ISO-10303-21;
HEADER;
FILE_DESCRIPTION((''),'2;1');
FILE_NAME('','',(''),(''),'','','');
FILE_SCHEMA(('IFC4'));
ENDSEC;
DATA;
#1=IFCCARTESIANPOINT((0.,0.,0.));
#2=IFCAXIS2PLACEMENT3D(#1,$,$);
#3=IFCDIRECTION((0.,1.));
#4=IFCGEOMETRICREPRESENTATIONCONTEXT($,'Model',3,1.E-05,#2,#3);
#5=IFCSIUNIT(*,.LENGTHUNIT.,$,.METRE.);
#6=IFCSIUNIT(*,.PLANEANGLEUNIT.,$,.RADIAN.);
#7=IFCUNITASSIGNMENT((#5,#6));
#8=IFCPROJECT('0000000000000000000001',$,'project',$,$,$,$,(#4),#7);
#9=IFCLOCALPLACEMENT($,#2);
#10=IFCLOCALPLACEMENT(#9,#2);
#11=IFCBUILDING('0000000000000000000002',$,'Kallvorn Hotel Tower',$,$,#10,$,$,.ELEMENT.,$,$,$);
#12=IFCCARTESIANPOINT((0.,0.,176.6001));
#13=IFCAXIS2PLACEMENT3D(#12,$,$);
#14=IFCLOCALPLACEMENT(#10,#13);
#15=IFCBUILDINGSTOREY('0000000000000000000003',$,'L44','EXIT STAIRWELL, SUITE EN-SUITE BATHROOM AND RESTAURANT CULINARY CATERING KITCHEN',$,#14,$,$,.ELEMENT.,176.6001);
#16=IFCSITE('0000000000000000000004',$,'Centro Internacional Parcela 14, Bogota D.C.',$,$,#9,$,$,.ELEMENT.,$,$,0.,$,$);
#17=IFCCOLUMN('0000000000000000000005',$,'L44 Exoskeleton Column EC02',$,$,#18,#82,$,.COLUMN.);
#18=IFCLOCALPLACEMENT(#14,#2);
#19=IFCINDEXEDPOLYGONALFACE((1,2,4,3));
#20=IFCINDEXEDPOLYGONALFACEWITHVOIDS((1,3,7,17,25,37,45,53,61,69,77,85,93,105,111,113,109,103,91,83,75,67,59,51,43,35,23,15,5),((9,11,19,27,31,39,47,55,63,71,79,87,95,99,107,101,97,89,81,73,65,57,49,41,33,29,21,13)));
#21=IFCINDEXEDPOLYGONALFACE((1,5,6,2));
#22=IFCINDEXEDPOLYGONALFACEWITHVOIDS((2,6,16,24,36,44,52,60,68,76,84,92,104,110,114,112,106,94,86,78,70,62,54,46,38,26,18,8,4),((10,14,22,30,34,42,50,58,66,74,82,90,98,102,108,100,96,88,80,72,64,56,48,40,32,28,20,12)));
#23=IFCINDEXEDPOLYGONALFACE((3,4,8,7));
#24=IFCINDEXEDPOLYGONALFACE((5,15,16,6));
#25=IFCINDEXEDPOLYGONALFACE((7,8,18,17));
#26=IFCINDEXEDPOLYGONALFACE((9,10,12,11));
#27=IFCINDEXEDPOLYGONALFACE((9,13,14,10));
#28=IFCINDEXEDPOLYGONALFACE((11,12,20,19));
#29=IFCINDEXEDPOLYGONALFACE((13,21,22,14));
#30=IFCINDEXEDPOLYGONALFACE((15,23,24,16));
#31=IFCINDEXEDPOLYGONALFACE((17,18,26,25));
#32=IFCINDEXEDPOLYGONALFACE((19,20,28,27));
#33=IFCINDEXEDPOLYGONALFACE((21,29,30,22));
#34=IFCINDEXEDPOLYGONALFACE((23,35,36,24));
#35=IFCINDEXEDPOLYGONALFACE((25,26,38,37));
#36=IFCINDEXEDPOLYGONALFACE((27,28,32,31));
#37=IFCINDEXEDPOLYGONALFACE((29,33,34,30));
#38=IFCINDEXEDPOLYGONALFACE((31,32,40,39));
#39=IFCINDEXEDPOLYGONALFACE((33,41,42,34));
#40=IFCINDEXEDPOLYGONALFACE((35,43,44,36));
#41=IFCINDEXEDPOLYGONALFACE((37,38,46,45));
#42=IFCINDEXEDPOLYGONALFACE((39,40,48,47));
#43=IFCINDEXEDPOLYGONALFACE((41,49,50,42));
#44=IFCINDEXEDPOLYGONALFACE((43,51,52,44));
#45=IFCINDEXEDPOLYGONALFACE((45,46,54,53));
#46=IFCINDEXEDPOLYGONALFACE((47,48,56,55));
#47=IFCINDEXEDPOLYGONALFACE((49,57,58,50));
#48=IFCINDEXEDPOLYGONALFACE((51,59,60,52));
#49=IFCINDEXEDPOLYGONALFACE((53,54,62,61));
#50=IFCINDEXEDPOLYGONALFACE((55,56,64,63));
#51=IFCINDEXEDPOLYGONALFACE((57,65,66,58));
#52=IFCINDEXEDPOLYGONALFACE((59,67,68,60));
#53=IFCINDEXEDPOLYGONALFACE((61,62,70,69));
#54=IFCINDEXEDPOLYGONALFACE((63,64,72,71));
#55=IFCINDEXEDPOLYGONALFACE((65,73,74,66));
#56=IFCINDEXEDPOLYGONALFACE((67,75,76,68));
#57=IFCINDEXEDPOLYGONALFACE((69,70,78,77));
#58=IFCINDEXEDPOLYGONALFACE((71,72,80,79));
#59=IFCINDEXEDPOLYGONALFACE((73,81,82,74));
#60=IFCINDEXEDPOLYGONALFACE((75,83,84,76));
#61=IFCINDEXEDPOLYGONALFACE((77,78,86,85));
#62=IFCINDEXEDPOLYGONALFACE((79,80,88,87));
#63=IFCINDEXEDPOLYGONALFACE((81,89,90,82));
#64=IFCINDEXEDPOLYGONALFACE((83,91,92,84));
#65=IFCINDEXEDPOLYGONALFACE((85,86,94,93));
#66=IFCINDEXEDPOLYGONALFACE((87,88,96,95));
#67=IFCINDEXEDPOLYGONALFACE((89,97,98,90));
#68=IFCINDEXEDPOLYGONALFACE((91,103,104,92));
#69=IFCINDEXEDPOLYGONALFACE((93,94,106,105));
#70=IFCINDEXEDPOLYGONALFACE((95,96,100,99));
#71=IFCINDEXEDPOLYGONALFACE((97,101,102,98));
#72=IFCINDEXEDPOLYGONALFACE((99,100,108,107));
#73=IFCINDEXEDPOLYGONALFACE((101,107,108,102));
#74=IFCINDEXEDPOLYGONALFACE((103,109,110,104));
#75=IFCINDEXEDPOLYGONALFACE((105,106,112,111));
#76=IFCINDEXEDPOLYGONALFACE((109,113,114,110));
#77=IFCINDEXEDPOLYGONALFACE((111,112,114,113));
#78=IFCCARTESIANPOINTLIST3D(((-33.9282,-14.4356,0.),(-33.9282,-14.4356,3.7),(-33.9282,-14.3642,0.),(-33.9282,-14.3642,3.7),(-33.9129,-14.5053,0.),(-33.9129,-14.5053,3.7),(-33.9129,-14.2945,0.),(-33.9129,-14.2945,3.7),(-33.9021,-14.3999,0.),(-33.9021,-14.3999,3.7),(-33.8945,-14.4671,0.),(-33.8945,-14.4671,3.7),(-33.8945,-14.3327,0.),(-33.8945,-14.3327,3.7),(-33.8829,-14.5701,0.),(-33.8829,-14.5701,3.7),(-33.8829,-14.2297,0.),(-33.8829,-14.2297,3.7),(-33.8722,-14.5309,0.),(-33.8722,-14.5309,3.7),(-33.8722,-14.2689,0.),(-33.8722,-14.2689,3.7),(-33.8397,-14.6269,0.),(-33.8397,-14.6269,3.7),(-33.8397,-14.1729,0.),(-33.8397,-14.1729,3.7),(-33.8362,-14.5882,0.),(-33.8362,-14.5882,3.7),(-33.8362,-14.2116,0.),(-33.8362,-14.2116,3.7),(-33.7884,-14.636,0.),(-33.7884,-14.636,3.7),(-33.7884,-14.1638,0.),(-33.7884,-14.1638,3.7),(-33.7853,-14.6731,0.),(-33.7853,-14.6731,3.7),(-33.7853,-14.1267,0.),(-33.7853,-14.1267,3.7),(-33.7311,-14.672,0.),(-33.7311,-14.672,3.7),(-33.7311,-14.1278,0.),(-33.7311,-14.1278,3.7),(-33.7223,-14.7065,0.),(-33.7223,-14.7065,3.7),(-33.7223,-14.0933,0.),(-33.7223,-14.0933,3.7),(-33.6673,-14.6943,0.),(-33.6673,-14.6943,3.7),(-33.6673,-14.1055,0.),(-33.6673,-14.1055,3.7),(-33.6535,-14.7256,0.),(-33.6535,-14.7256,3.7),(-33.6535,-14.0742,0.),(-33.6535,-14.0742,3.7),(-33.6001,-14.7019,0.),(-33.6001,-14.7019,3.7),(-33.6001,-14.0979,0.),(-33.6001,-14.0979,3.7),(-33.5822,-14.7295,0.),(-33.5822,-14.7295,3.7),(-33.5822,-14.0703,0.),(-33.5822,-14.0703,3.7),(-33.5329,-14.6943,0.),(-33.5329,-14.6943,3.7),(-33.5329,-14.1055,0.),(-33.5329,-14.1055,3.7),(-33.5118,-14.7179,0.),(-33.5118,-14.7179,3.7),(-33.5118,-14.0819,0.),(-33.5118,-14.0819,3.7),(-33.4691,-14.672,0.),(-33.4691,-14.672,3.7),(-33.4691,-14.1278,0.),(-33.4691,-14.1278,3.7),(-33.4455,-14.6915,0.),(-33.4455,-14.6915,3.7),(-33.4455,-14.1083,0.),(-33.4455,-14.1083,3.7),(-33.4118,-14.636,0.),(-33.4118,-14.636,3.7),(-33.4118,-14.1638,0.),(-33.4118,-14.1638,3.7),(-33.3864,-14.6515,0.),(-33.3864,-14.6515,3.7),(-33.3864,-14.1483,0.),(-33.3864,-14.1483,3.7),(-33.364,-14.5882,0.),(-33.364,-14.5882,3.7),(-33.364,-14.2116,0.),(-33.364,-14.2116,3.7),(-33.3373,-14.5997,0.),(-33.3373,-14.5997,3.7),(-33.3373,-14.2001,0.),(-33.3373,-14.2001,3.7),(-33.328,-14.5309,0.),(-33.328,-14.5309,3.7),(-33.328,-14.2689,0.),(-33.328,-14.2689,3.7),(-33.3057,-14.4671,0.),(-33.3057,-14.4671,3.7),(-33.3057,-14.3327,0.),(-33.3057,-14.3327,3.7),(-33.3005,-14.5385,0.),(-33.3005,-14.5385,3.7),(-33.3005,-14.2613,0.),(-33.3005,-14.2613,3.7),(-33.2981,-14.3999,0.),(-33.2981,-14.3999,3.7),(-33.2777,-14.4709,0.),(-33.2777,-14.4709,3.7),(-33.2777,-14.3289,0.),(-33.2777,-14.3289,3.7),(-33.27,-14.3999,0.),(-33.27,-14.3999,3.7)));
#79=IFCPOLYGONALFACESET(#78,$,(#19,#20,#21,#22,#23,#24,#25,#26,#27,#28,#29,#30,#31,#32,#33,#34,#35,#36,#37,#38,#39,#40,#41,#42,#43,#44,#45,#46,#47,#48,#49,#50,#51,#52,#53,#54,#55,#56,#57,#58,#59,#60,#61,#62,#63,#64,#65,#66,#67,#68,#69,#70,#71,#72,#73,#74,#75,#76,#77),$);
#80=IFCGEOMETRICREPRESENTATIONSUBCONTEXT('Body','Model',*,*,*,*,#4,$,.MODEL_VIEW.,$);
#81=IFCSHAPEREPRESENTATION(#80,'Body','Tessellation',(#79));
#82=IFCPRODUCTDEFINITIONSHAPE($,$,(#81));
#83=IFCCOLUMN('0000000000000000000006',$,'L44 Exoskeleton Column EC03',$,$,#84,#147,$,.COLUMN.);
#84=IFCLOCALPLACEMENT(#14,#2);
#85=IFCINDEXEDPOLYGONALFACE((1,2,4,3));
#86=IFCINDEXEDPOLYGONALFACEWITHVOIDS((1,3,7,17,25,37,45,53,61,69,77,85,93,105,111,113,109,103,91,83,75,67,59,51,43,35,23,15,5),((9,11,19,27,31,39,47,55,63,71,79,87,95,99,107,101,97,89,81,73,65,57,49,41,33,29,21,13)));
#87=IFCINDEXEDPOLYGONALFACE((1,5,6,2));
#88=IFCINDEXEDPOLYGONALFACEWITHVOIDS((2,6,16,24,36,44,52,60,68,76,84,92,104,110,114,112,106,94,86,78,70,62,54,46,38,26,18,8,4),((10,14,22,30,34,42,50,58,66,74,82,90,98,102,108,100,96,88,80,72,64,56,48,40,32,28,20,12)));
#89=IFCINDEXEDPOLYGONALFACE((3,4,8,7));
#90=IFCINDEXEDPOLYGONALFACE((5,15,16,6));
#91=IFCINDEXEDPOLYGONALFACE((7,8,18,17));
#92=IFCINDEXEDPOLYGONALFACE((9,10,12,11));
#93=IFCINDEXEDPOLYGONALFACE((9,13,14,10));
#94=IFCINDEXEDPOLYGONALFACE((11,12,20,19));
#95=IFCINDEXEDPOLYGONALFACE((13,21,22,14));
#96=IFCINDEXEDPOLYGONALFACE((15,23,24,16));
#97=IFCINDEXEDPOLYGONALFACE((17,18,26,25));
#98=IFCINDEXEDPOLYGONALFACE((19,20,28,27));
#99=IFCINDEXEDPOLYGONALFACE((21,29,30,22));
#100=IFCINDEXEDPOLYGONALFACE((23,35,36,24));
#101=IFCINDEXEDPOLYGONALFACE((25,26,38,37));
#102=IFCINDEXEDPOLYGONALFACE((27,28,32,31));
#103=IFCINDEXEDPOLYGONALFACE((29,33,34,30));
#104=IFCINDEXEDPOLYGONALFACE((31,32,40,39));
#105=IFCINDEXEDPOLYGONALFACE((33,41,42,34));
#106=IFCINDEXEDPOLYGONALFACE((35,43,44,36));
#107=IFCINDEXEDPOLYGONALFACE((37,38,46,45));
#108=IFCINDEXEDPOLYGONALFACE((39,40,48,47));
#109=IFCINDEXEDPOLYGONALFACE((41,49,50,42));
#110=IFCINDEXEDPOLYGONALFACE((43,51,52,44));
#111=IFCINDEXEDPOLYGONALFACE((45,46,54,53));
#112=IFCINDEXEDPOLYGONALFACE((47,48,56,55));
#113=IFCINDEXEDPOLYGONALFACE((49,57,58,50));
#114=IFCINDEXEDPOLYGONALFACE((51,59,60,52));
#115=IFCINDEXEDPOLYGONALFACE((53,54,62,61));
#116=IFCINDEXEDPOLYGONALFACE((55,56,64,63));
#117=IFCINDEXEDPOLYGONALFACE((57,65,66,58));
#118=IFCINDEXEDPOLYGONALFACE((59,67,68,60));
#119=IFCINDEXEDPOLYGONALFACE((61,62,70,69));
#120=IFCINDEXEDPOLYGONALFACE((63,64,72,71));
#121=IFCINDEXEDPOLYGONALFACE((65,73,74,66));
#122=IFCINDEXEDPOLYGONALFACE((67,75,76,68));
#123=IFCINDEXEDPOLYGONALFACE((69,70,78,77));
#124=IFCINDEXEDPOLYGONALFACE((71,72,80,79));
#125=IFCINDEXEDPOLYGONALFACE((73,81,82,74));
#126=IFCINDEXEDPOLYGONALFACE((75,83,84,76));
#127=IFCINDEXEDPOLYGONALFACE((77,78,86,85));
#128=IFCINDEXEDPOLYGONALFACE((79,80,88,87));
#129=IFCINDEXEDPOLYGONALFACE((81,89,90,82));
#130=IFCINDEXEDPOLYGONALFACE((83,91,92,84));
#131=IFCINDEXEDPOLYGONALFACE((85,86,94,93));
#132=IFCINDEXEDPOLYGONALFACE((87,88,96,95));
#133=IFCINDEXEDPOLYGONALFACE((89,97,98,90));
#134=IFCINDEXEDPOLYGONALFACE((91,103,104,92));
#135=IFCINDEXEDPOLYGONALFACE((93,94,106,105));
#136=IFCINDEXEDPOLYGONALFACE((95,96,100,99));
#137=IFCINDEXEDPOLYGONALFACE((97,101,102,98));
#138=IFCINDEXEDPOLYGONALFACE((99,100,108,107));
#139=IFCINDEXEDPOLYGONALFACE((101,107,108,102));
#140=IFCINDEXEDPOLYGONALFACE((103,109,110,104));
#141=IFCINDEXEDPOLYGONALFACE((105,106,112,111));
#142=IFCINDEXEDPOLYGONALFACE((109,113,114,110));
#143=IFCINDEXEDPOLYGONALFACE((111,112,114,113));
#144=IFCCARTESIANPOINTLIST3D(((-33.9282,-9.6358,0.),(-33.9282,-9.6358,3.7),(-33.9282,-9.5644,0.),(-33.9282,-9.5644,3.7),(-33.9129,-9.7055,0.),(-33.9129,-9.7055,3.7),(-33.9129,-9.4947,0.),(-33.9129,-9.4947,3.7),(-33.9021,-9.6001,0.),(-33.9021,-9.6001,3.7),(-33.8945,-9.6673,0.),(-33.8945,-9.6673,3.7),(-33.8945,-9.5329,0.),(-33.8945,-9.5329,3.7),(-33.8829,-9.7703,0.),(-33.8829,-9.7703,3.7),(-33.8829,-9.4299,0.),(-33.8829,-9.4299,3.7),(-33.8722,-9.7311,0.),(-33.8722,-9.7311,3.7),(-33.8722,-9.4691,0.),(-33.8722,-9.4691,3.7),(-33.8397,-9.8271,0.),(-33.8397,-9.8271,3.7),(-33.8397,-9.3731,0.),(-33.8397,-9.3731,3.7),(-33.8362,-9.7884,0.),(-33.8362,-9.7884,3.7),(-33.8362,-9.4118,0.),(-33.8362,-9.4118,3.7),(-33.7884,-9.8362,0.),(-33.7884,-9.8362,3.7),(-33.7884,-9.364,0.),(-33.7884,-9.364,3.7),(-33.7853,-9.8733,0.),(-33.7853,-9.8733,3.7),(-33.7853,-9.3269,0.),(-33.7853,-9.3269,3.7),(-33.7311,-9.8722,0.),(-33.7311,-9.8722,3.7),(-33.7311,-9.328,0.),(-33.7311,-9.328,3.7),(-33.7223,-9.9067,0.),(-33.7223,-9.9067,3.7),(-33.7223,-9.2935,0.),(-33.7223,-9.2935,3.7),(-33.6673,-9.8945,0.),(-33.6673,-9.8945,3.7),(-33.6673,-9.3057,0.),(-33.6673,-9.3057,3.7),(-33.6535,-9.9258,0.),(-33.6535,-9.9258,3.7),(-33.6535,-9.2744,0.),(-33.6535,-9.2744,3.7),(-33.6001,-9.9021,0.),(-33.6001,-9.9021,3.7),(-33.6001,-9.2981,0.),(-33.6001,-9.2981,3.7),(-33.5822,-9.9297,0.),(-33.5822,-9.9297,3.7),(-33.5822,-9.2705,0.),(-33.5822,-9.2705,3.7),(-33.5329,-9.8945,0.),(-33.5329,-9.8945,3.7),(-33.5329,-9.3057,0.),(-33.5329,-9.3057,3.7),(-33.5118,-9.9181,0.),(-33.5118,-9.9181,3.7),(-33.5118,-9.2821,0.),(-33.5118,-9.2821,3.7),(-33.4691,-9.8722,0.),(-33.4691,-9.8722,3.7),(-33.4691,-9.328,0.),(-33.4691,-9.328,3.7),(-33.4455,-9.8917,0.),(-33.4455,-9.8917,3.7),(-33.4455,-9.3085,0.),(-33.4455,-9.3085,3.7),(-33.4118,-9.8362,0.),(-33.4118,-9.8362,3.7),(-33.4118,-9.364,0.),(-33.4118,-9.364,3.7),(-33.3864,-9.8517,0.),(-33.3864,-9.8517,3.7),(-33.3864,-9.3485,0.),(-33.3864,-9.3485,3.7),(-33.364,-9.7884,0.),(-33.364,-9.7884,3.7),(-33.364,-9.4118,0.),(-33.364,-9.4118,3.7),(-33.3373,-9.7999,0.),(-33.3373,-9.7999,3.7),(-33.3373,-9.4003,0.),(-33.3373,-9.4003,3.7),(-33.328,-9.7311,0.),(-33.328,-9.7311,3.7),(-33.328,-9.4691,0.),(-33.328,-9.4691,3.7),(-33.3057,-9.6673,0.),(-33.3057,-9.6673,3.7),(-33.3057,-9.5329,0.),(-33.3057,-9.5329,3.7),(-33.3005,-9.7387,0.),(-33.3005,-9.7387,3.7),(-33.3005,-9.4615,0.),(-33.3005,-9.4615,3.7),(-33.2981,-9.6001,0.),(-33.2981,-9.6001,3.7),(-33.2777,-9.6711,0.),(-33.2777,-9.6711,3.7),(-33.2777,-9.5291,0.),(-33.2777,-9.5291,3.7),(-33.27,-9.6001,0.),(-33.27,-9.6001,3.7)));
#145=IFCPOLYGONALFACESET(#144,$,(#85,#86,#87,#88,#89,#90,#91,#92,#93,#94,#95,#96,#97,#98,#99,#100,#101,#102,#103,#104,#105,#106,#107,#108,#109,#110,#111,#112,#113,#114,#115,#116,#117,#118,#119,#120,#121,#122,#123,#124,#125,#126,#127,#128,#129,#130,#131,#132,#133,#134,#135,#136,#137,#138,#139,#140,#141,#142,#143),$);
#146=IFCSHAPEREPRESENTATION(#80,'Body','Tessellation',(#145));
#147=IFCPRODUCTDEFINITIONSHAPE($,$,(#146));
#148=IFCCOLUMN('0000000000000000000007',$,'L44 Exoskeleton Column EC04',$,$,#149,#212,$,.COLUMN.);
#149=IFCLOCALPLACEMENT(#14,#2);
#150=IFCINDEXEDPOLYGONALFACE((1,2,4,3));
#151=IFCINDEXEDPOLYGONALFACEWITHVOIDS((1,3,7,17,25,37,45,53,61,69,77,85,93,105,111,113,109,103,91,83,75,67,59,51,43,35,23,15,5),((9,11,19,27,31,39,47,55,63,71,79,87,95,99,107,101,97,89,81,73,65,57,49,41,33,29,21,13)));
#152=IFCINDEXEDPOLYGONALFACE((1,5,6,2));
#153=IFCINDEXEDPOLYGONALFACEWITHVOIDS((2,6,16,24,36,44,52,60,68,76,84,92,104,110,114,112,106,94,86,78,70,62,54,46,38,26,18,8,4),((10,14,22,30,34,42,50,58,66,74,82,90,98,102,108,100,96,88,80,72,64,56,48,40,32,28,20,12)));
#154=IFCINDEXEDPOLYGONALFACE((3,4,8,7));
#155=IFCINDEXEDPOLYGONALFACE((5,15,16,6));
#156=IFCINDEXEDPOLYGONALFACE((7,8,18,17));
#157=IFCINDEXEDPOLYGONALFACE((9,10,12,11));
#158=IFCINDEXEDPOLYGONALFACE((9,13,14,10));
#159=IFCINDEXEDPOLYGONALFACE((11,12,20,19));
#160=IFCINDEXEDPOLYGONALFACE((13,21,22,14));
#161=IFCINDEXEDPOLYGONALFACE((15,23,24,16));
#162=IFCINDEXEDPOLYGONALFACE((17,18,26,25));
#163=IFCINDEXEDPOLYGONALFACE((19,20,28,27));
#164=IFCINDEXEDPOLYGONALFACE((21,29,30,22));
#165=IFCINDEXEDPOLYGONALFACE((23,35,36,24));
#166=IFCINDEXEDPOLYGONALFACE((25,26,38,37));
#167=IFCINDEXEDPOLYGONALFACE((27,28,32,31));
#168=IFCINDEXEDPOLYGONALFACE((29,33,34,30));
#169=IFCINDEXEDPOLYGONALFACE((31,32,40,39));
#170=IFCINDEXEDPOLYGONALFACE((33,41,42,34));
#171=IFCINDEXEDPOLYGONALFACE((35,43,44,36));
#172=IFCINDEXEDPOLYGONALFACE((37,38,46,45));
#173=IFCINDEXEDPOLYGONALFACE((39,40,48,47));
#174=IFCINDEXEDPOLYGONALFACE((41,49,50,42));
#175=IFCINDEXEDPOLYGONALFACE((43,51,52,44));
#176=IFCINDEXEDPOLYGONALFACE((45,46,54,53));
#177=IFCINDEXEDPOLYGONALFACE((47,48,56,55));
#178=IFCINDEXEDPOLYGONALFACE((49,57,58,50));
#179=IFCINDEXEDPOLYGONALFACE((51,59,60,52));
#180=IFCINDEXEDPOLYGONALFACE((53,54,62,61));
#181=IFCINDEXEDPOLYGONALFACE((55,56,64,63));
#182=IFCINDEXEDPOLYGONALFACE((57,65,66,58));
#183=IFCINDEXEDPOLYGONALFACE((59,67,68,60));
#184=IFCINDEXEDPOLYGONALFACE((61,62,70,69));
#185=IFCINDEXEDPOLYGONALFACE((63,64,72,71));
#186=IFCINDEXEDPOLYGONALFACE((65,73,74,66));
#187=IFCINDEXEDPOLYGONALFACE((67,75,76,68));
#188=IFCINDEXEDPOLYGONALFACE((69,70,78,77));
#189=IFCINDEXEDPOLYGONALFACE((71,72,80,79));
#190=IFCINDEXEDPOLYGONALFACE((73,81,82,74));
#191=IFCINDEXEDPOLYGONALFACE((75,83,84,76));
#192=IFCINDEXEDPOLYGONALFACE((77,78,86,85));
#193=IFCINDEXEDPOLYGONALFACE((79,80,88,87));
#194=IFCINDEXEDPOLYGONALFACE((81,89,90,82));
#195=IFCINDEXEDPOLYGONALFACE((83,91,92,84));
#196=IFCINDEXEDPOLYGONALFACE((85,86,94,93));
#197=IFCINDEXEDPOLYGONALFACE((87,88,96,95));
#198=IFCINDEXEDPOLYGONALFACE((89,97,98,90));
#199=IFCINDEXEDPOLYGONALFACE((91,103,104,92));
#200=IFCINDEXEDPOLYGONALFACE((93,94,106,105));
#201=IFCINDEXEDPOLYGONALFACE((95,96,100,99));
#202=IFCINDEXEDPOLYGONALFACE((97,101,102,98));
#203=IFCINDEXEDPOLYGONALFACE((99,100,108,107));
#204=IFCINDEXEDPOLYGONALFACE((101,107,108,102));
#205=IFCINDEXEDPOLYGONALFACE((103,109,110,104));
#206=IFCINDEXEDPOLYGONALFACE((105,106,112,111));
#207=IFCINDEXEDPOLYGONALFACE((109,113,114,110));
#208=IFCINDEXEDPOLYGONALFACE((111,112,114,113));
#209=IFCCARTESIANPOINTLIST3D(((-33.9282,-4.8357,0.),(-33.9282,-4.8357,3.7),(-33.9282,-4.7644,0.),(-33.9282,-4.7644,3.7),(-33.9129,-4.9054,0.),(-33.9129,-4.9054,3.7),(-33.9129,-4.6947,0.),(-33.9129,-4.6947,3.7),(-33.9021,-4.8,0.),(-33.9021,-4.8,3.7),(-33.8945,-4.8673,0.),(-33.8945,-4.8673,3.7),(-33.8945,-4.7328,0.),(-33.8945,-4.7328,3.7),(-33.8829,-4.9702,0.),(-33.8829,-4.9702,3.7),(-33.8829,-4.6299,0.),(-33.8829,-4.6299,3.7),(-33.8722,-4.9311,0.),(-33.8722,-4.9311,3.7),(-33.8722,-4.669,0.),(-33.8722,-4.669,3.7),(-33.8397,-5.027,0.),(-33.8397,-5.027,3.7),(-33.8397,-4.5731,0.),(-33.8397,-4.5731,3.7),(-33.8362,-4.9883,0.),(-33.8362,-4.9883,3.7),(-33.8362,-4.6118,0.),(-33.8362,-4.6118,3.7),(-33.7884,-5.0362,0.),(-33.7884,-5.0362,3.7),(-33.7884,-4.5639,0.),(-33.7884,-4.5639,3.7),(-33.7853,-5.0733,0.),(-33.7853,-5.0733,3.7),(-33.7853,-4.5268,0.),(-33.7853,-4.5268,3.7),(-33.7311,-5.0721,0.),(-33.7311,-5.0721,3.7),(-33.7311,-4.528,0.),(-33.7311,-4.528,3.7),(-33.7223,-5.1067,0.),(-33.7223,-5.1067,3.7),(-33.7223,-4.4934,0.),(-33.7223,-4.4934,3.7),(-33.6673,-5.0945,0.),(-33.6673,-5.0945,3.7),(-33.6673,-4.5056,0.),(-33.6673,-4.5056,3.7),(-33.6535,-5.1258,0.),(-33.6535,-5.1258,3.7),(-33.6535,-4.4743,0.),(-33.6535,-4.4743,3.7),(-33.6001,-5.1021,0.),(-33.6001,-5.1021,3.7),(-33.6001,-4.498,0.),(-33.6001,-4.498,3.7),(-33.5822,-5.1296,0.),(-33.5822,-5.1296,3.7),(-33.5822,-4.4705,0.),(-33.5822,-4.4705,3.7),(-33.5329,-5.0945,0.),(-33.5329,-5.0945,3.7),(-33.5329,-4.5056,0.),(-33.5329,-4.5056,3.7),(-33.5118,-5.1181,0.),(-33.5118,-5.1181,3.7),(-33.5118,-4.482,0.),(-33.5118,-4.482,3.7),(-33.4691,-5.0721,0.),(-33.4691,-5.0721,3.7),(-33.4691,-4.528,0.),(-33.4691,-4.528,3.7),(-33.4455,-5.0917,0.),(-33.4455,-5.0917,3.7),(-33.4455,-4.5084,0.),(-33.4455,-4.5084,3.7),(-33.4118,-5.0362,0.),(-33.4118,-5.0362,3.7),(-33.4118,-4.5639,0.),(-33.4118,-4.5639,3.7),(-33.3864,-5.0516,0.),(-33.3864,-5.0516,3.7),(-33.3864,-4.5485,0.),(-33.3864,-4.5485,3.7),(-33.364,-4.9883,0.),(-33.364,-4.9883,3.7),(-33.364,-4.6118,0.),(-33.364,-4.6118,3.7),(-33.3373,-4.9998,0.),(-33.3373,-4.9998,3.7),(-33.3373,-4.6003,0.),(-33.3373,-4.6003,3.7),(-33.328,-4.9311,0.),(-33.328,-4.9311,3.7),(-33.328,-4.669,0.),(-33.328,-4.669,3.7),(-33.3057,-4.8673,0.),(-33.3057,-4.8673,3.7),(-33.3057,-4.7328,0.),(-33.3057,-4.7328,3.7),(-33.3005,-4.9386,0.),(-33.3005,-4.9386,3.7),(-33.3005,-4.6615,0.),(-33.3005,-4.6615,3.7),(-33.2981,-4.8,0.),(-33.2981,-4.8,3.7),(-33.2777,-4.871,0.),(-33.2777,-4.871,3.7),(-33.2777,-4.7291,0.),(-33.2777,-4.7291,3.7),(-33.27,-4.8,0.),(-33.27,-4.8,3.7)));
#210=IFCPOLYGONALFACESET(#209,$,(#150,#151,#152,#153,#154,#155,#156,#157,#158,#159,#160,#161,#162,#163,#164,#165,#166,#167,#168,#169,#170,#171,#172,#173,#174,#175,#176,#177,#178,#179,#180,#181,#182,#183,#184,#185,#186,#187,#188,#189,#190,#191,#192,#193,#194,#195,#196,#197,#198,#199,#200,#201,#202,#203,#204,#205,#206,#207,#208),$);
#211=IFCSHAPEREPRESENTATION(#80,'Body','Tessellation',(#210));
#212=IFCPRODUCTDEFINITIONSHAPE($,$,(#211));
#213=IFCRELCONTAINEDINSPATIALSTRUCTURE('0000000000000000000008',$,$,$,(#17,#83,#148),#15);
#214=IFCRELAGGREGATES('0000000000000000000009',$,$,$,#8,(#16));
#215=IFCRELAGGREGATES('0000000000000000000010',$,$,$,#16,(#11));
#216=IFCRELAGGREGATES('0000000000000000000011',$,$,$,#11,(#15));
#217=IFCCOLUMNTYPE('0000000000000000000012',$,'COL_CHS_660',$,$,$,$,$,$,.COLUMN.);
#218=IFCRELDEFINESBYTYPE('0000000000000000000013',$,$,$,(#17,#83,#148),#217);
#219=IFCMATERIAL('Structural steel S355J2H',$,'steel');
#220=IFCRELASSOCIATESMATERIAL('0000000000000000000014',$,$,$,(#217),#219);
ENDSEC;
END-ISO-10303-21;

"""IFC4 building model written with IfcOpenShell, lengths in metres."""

from ifc_helpers import new_model, si_unit, direction, frame, origin, origin_2d, place, context, subcontext, project, spatial, hollow_circle, extrude, material, material_profile, profile_set, type_object, element, save


model = new_model("IFC4")

# Units and contexts
model_context = context("Model", 3, precision=1e-05, world=origin(), true_north=direction((0.0, 1.0)))
body_context = subcontext(model_context, "Body", "Model", "MODEL_VIEW")
ifc_project = project(units=[si_unit("LENGTHUNIT", "METRE"), si_unit("PLANEANGLEUNIT", "RADIAN")], contexts=[model_context])

# Site, building, storey
site_placement = place(None, origin())
site = spatial("IfcSite", under=ifc_project, at=site_placement, Name="Centro Internacional Parcela 14, Bogota D.C.", CompositionType="ELEMENT", RefElevation=0.0)
building_placement = place(site_placement, origin())
building = spatial("IfcBuilding", under=site, at=building_placement, Name="Kallvorn Hotel Tower", CompositionType="ELEMENT")
storey_placement = place(building_placement, frame((0.0, 0.0, 176.6001)))
storey = spatial("IfcBuildingStorey", under=building, at=storey_placement, Name="L44", Description="EXIT STAIRWELL, SUITE EN-SUITE BATHROOM AND RESTAURANT CULINARY CATERING KITCHEN", CompositionType="ELEMENT", Elevation=176.6001)

# Columns
ifc_material_1 = material(Name="Structural steel S355J2H", Category="steel")
ifc_material_profile_1 = material_profile(ifc_material_1, hollow_circle(Radius=0.3301, WallThickness=0.0281, at=origin_2d()), Name="CHS 660x28")
ifc_profile_set_1 = profile_set([ifc_material_profile_1], Name="Structural steel S355J2H")
column_type_1 = type_object("IfcColumnType", Name="COL_CHS_660", PredefinedType="COLUMN", material=ifc_profile_set_1)
for number, where, z_axis, x_axis, name in (
    (1, (-33.6001, -14.3999, 0.0), (0.0, 0.0, 1.0), (1.0, 0.0, 0.0), "L44 Exoskeleton Column EC02"),
    (2, (-33.6001, -9.6001, 0.0), (0.0, 0.0, 1.0), (1.0, 0.0, 0.0), "L44 Exoskeleton Column EC03"),
    (3, (-33.6001, -4.8, 0.0), (0.0, 0.0, 1.0), (1.0, 0.0, 0.0), "L44 Exoskeleton Column EC04"),
):
    element("IfcColumn", number, at=place(storey_placement, frame(where, z_axis=z_axis, x_axis=x_axis)), inside=storey, type_object=column_type_1, Name=name, PredefinedType="COLUMN", context=body_context, shape_type="SweptSolid", body=[
        extrude(hollow_circle(Radius=0.3301, WallThickness=0.0281, at=origin_2d()), origin(), (0.0, 0.0, 1.0), 3.7),
    ])

save(model, "model.ifc")
